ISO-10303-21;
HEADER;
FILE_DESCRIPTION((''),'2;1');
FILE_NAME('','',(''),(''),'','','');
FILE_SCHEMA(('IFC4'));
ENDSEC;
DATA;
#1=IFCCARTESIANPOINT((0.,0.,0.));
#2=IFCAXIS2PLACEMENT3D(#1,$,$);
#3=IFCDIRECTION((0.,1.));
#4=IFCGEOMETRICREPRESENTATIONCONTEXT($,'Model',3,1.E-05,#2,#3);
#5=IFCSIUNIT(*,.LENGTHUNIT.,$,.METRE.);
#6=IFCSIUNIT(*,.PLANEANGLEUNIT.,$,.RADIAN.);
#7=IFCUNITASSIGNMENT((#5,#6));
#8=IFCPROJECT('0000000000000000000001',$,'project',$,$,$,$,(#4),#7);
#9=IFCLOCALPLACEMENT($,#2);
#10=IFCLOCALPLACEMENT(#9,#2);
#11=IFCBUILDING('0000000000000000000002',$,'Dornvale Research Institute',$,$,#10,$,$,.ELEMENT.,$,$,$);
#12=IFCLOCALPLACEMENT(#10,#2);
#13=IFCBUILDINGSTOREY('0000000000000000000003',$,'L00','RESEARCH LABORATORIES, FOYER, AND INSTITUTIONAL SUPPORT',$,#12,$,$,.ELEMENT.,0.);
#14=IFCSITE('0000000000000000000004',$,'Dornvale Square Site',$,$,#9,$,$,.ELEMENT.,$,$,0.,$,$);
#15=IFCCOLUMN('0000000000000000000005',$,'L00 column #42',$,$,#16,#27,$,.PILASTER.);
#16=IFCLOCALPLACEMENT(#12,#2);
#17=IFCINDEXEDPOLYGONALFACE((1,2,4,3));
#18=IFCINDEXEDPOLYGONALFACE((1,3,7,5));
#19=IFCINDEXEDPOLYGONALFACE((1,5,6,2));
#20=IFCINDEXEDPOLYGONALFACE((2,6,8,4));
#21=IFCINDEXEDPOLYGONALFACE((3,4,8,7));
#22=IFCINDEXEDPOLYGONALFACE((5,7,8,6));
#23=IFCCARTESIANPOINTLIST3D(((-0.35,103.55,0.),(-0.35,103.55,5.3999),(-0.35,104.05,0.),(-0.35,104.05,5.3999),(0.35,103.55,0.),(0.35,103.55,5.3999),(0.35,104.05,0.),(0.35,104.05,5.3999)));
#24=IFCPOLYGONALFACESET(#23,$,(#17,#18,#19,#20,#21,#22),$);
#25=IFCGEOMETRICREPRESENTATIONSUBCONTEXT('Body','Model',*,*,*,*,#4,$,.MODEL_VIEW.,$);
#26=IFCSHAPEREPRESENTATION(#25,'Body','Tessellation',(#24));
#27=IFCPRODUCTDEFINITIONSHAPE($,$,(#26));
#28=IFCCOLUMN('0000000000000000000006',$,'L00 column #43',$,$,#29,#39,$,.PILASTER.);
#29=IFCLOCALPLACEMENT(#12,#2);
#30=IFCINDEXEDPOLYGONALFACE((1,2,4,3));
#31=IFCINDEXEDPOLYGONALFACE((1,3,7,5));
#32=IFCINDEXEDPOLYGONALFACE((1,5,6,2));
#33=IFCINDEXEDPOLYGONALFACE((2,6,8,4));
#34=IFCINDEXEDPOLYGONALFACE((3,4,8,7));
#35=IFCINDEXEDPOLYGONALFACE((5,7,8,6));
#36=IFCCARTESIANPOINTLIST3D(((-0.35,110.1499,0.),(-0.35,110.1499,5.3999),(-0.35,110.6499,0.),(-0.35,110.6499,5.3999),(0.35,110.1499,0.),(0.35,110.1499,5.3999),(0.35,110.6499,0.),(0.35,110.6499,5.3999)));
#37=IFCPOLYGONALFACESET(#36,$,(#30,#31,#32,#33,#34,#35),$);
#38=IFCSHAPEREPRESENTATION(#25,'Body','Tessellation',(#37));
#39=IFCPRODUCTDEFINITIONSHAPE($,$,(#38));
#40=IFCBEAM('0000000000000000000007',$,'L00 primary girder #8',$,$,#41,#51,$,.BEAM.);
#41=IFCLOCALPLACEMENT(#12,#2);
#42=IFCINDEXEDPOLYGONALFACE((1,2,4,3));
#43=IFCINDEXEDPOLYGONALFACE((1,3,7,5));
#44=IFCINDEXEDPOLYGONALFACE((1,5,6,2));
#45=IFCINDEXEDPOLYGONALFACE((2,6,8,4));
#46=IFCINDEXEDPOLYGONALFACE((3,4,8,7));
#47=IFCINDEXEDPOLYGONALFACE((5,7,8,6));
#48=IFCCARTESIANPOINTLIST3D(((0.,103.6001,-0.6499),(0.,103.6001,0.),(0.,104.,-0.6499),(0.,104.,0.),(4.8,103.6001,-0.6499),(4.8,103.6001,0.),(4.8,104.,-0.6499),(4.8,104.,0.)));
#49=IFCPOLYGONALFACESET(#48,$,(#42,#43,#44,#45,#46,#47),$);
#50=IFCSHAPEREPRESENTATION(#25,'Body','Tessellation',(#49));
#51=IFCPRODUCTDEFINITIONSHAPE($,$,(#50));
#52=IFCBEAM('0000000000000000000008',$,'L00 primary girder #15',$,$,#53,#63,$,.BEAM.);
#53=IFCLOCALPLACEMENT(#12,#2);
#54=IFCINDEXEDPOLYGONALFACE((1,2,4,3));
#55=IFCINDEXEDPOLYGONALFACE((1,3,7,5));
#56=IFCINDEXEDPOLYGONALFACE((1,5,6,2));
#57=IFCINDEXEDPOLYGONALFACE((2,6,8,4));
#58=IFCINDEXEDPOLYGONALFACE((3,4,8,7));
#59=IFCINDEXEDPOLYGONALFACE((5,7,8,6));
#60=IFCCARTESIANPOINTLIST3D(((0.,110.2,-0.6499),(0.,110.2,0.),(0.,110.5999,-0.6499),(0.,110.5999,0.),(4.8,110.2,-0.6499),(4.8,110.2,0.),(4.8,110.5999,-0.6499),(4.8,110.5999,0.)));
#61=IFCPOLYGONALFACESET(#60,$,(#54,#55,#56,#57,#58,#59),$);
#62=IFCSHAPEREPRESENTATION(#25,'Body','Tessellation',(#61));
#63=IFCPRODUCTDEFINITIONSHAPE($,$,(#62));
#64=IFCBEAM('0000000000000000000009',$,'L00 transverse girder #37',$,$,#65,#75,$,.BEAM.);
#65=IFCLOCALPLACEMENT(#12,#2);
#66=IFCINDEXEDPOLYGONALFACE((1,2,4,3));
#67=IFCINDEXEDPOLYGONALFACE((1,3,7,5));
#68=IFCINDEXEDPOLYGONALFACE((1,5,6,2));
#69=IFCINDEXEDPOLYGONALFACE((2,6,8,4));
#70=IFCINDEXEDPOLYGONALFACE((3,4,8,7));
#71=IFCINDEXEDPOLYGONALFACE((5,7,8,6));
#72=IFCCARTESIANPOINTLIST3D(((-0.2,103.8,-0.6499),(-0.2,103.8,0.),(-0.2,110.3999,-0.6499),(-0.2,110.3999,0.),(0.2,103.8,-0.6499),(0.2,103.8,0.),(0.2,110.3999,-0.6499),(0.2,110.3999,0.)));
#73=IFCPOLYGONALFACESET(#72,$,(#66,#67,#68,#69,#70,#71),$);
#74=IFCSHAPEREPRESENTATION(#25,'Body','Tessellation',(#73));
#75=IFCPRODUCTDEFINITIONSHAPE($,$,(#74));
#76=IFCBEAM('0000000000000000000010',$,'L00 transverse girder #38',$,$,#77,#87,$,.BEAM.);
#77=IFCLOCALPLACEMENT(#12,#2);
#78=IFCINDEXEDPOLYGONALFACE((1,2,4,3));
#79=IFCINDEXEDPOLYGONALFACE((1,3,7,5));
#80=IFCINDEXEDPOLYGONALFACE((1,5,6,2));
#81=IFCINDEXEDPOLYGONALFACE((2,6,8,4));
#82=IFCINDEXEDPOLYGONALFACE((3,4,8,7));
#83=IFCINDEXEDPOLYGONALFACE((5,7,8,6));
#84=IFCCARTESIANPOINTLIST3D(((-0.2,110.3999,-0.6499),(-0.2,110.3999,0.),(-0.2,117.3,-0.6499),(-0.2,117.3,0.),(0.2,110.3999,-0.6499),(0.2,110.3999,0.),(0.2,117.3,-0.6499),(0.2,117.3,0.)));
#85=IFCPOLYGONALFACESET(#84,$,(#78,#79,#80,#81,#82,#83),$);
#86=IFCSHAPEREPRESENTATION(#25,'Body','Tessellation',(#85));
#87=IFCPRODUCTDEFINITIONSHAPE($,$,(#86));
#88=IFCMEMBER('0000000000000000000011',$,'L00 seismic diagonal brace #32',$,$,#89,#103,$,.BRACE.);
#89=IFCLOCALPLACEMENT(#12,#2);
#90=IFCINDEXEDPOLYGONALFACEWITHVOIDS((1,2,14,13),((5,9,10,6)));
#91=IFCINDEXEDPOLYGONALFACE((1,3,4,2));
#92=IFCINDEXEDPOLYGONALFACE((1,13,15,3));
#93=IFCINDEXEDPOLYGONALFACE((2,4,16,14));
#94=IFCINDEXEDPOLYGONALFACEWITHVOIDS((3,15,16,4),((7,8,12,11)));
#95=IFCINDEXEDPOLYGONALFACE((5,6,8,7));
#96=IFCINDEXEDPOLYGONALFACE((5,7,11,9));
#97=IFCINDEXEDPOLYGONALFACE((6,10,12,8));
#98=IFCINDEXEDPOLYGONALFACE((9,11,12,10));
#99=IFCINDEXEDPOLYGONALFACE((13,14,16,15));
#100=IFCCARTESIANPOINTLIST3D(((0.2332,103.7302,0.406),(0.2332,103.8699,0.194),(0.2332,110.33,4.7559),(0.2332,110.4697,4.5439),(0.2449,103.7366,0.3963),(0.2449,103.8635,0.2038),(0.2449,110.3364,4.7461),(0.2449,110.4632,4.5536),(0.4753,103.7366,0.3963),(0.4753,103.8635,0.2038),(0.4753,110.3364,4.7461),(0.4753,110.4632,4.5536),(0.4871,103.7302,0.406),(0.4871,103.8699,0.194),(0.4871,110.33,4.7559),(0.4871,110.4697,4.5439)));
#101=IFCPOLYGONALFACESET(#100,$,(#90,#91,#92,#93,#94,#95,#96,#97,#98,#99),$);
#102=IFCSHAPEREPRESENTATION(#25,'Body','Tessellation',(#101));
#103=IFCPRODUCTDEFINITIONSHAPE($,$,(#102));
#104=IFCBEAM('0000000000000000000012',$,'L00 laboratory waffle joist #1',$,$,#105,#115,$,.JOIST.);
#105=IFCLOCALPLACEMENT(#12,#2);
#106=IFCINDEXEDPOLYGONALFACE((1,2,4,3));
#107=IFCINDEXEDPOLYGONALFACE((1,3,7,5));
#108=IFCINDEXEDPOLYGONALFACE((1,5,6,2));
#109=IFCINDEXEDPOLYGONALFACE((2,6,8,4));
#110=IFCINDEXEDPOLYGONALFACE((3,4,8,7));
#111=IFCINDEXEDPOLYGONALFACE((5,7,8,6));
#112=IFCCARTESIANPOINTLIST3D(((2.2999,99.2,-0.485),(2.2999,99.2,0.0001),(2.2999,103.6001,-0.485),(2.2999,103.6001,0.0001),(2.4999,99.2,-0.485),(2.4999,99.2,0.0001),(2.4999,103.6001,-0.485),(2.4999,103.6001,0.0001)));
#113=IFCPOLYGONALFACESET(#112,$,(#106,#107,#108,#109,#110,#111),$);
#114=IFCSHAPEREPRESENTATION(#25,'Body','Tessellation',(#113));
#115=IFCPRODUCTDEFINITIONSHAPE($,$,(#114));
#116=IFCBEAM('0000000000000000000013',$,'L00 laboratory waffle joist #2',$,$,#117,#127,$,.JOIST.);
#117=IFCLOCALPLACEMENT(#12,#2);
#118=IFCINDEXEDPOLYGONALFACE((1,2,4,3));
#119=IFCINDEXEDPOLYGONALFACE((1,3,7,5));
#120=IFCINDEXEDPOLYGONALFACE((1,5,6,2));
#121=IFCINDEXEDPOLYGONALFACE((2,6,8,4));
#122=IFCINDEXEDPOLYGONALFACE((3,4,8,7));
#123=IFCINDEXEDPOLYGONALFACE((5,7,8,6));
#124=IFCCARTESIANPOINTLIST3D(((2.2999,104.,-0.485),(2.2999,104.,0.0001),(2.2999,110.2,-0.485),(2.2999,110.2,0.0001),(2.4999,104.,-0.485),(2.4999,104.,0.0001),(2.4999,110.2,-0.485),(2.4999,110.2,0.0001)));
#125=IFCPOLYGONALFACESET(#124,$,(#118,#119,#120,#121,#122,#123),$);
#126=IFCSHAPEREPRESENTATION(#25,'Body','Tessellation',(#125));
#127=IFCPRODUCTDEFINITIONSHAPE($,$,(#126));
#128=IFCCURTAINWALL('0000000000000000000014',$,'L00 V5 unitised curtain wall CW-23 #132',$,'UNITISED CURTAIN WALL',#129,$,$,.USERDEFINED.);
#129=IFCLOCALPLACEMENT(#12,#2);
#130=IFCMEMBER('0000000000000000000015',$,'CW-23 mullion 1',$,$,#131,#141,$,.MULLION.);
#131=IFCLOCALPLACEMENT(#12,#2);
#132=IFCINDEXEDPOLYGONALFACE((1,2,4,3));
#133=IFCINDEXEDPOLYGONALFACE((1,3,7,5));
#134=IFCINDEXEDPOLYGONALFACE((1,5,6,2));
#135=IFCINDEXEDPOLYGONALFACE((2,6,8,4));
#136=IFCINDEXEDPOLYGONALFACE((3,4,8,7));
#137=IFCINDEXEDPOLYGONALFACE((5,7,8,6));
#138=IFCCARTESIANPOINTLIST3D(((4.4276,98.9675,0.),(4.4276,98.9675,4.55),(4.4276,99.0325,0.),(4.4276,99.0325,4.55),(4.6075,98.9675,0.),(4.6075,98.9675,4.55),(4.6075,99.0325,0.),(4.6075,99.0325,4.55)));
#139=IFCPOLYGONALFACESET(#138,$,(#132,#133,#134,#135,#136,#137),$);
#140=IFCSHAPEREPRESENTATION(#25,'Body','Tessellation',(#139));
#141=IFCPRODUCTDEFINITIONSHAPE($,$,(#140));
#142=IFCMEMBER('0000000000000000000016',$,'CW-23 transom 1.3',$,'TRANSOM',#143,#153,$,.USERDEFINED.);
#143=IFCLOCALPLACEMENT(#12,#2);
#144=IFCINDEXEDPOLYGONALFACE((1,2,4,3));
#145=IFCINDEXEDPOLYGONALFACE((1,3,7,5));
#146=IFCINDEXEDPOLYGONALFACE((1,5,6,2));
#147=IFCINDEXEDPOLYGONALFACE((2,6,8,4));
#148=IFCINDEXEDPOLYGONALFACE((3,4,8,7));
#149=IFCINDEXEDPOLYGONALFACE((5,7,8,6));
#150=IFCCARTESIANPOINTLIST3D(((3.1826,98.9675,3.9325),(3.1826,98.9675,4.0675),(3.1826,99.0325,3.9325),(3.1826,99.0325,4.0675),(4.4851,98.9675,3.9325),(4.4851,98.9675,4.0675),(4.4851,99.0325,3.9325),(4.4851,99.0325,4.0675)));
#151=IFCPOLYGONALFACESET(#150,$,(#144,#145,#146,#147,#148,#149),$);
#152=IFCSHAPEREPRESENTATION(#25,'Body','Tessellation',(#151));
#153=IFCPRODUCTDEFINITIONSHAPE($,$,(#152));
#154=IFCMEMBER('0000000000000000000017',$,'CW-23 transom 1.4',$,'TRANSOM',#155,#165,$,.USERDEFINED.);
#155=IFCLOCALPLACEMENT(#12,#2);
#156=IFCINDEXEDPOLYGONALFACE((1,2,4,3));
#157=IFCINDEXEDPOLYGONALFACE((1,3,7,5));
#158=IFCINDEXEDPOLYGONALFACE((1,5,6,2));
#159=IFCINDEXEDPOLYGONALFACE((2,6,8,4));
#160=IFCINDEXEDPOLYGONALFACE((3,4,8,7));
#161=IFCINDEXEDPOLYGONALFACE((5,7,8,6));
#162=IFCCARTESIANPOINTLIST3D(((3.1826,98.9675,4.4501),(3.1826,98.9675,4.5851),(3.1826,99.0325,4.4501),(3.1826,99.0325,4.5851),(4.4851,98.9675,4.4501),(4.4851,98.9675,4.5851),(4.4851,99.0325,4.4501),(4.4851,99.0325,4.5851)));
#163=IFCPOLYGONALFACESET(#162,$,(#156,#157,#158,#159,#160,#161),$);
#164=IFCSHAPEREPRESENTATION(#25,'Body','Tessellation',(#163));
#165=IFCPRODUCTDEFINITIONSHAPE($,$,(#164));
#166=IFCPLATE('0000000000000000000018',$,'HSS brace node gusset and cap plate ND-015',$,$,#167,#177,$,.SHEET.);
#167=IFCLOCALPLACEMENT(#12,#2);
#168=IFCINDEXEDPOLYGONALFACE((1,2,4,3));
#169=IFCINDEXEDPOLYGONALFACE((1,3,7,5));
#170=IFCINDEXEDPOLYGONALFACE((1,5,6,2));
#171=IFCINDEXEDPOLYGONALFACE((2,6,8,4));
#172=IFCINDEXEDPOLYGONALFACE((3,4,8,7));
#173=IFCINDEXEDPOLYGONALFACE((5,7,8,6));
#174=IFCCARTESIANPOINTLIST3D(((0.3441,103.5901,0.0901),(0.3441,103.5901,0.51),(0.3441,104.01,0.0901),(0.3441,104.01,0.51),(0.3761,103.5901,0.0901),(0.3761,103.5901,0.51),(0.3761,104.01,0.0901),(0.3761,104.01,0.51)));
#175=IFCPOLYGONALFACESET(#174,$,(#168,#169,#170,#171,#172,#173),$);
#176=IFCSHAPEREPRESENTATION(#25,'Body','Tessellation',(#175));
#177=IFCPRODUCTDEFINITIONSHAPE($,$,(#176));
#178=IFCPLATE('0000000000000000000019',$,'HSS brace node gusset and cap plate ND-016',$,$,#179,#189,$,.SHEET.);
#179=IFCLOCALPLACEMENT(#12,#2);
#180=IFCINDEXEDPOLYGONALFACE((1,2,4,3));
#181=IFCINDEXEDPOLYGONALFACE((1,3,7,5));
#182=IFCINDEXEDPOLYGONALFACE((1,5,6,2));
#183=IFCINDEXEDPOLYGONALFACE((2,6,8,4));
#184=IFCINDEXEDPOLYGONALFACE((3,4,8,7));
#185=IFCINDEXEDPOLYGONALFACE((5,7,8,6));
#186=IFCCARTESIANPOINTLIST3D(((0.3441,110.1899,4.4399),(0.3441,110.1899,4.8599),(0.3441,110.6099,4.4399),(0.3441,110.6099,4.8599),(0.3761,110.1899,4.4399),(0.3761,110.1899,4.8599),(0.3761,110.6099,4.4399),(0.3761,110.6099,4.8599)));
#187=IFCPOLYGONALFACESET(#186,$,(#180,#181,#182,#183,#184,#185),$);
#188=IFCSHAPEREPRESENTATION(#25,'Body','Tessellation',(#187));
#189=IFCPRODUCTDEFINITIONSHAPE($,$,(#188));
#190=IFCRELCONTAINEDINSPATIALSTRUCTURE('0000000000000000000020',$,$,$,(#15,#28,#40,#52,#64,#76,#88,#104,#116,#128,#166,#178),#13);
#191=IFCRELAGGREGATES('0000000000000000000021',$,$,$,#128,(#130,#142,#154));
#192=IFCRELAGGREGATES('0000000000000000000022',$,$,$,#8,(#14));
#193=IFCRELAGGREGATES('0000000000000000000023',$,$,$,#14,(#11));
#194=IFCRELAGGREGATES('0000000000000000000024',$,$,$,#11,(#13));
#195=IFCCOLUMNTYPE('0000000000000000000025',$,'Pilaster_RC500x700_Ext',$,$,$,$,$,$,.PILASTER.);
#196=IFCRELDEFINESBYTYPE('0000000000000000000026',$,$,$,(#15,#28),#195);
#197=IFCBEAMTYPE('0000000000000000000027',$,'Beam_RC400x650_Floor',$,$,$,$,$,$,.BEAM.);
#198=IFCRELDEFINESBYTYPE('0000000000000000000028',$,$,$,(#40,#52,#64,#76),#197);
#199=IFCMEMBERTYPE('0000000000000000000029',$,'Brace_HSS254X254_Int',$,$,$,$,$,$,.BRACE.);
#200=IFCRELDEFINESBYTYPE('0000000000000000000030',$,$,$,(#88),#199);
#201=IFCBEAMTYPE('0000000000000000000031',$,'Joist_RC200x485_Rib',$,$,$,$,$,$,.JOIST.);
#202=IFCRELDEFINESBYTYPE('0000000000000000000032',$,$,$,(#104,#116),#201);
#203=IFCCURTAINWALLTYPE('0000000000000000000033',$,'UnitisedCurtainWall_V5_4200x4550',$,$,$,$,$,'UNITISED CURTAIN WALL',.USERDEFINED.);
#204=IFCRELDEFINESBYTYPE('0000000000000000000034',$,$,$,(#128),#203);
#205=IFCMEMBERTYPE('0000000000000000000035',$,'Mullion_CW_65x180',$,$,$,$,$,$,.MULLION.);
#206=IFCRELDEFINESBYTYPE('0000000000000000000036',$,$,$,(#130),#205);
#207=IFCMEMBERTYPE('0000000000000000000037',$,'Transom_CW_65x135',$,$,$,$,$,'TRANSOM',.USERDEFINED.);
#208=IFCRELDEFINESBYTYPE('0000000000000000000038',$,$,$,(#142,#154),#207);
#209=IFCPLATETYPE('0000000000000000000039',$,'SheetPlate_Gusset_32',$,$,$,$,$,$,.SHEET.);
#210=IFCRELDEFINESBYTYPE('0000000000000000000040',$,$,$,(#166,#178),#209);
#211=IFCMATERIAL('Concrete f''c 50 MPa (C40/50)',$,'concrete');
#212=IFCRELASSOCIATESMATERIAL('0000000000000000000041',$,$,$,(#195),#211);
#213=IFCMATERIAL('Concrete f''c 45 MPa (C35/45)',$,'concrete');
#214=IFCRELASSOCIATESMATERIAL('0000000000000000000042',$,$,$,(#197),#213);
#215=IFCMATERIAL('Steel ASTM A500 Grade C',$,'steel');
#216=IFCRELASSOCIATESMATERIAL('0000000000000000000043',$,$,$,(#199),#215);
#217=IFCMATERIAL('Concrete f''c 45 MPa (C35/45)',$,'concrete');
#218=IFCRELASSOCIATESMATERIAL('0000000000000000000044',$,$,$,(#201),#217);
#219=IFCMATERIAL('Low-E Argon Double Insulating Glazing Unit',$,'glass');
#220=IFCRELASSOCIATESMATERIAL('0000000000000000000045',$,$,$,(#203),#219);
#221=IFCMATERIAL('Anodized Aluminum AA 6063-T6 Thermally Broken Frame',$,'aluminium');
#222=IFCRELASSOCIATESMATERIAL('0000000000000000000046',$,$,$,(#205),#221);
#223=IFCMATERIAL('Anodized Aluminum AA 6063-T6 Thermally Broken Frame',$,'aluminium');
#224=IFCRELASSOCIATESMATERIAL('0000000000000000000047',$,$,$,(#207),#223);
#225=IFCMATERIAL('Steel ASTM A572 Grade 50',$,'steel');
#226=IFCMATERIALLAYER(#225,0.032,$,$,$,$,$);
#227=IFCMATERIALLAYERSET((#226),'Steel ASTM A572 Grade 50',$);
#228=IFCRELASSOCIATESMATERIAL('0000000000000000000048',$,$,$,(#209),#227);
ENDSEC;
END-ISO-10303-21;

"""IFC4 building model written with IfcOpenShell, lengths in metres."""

from ifc_helpers import new_model, si_unit, direction, frame, origin, origin_2d, place, context, subcontext, project, spatial, rectangle, hollow_rectangle, extrude, material, layer, layer_set, material_profile, profile_set, type_object, element, aggregate, save


model = new_model("IFC4")

# Units and contexts
model_context = context("Model", 3, precision=1e-05, world=origin(), true_north=direction((0.0, 1.0)))
body_context = subcontext(model_context, "Body", "Model", "MODEL_VIEW")
ifc_project = project(units=[si_unit("LENGTHUNIT", "METRE"), si_unit("PLANEANGLEUNIT", "RADIAN")], contexts=[model_context])

# Site, building, storey
site_placement = place(None, origin())
site = spatial("IfcSite", under=ifc_project, at=site_placement, Name="Dornvale Square Site", CompositionType="ELEMENT", RefElevation=0.0)
building_placement = place(site_placement, origin())
building = spatial("IfcBuilding", under=site, at=building_placement, Name="Dornvale Research Institute", CompositionType="ELEMENT")
storey_placement = place(building_placement, origin())
storey = spatial("IfcBuildingStorey", under=building, at=storey_placement, Name="L00", Description="RESEARCH LABORATORIES, FOYER, AND INSTITUTIONAL SUPPORT", CompositionType="ELEMENT", Elevation=0.0)

# Columns
ifc_material_1 = material(Name="Concrete f'c 50 MPa (C40/50)", Category="concrete")
ifc_material_profile_1 = material_profile(ifc_material_1, rectangle(XDim=0.5, YDim=0.7, at=origin_2d()), Name="RC 500x700")
ifc_profile_set_1 = profile_set([ifc_material_profile_1], Name="Concrete f'c 50 MPa (C40/50)")
column_type = type_object("IfcColumnType", Name="Pilaster_RC500x700_Ext", PredefinedType="PILASTER", material=ifc_profile_set_1)
for number, where, z_axis, x_axis, name in (
    (1, (0.0, 103.8, 0.0), (0.0, 0.0, 1.0), (0.0, 1.0, 0.0), "L00 column #42"),
    (2, (0.0, 110.3999, 0.0), (0.0, 0.0, 1.0), (0.0, 1.0, 0.0), "L00 column #43"),
):
    element("IfcColumn", number, at=place(storey_placement, frame(where, z_axis=z_axis, x_axis=x_axis)), inside=storey, type_object=column_type, Name=name, PredefinedType="PILASTER", context=body_context, shape_type="SweptSolid", body=[
        extrude(rectangle(XDim=0.5, YDim=0.7, at=origin_2d()), origin(), (0.0, 0.0, 1.0), 5.3999),
    ])

# Beams
ifc_material_2 = material(Name="Concrete f'c 45 MPa (C35/45)", Category="concrete")
ifc_material_profile_2 = material_profile(ifc_material_2, rectangle(XDim=0.3999, YDim=0.6499, at=origin_2d()), Name="RC 400x650")
ifc_profile_set_2 = profile_set([ifc_material_profile_2], Name="Concrete f'c 45 MPa (C35/45)")
beam_type_1 = type_object("IfcBeamType", Name="Beam_RC400x650_Floor", PredefinedType="BEAM", material=ifc_profile_set_2)
for number, where, z_axis, x_axis, name in (
    (3, (0.0, 103.8, -0.325), (1.0, 0.0, 0.0), (0.0, 1.0, 0.0), "L00 primary girder #8"),
    (4, (0.0, 110.3999, -0.325), (1.0, 0.0, 0.0), (0.0, 1.0, 0.0), "L00 primary girder #15"),
):
    element("IfcBeam", number, at=place(storey_placement, frame(where, z_axis=z_axis, x_axis=x_axis)), inside=storey, type_object=beam_type_1, Name=name, PredefinedType="BEAM", context=body_context, shape_type="SweptSolid", body=[
        extrude(rectangle(XDim=0.3999, YDim=0.6499, at=origin_2d()), origin(), (0.0, 0.0, 1.0), 4.8),
    ])
beam_1_placement = place(storey_placement, frame((0.0, 103.8, -0.325), z_axis=(0.0, 1.0, 0.0), x_axis=(-1.0, 0.0, 0.0)))
element("IfcBeam", 5, at=beam_1_placement, inside=storey, type_object=beam_type_1, Name="L00 transverse girder #37", PredefinedType="BEAM", context=body_context, shape_type="SweptSolid", body=[
    extrude(rectangle(XDim=0.3999, YDim=0.6499, at=origin_2d()), origin(), (0.0, 0.0, 1.0), 6.5999),
])
beam_2_placement = place(storey_placement, frame((0.0, 110.3999, -0.325), z_axis=(0.0, 1.0, 0.0), x_axis=(-1.0, 0.0, 0.0)))
element("IfcBeam", 6, at=beam_2_placement, inside=storey, type_object=beam_type_1, Name="L00 transverse girder #38", PredefinedType="BEAM", context=body_context, shape_type="SweptSolid", body=[
    extrude(rectangle(XDim=0.3999, YDim=0.6499, at=origin_2d()), origin(), (0.0, 0.0, 1.0), 6.9001),
])

# Member
ifc_material_3 = material(Name="Steel ASTM A500 Grade C", Category="steel")
ifc_material_profile_3 = material_profile(ifc_material_3, hollow_rectangle(XDim=0.2539, YDim=0.2539, WallThickness=0.0117, at=origin_2d()), Name="HSS254X254X12.7")
ifc_profile_set_3 = profile_set([ifc_material_profile_3], Name="Steel ASTM A500 Grade C")
member_type_1 = type_object("IfcMemberType", Name="Brace_HSS254X254_Int", PredefinedType="BRACE", material=ifc_profile_set_3)
member_1_placement = place(storey_placement, frame((0.3601, 103.8, 0.3), z_axis=(0.0, 0.834961, 0.550309), x_axis=(-1.0, 0.0, 0.0)))
element("IfcMember", 7, at=member_1_placement, inside=storey, type_object=member_type_1, Name="L00 seismic diagonal brace #32", PredefinedType="BRACE", context=body_context, shape_type="SweptSolid", body=[
    extrude(hollow_rectangle(XDim=0.2539, YDim=0.2539, WallThickness=0.0117, at=origin_2d()), origin(), (0.0, 0.0, 1.0), 7.9043),
])

# Beams
ifc_material_4 = material(Name="Concrete f'c 45 MPa (C35/45)", Category="concrete")
ifc_material_profile_4 = material_profile(ifc_material_4, rectangle(XDim=0.2, YDim=0.4851, at=origin_2d()), Name="RC 200x485")
ifc_profile_set_4 = profile_set([ifc_material_profile_4], Name="Concrete f'c 45 MPa (C35/45)")
beam_type_2 = type_object("IfcBeamType", Name="Joist_RC200x485_Rib", PredefinedType="JOIST", material=ifc_profile_set_4)
beam_3_placement = place(storey_placement, frame((2.3999, 99.2, -0.2424), z_axis=(0.0, 1.0, 0.0), x_axis=(-1.0, 0.0, 0.0)))
element("IfcBeam", 8, at=beam_3_placement, inside=storey, type_object=beam_type_2, Name="L00 laboratory waffle joist #1", PredefinedType="JOIST", context=body_context, shape_type="SweptSolid", body=[
    extrude(rectangle(XDim=0.2, YDim=0.4851, at=origin_2d()), origin(), (0.0, 0.0, 1.0), 4.4001),
])
beam_4_placement = place(storey_placement, frame((2.3999, 104.0, -0.2424), z_axis=(0.0, 1.0, 0.0), x_axis=(-1.0, 0.0, 0.0)))
element("IfcBeam", 9, at=beam_4_placement, inside=storey, type_object=beam_type_2, Name="L00 laboratory waffle joist #2", PredefinedType="JOIST", context=body_context, shape_type="SweptSolid", body=[
    extrude(rectangle(XDim=0.2, YDim=0.4851, at=origin_2d()), origin(), (0.0, 0.0, 1.0), 6.2),
])

# Curtain wall, members
ifc_material_5 = material(Name="Low-E Argon Double Insulating Glazing Unit", Category="glass")
curtain_wall_type = type_object("IfcCurtainWallType", Name="UnitisedCurtainWall_V5_4200x4550", ElementType="UNITISED CURTAIN WALL", PredefinedType="USERDEFINED", material=ifc_material_5)
curtain_wall_placement = place(storey_placement, origin())
curtain_wall = element("IfcCurtainWall", 10, at=curtain_wall_placement, inside=storey, type_object=curtain_wall_type, Name="L00 V5 unitised curtain wall CW-23 #132", ObjectType="UNITISED CURTAIN WALL", PredefinedType="USERDEFINED")
ifc_material_6 = material(Name="Anodized Aluminum AA 6063-T6 Thermally Broken Frame", Category="aluminium")
ifc_material_profile_5 = material_profile(ifc_material_6, rectangle(XDim=0.0649, YDim=0.1799, at=origin_2d()), Name="ALU MULLION 65x180")
ifc_profile_set_5 = profile_set([ifc_material_profile_5], Name="Anodized Aluminum AA 6063-T6 Thermally Broken Frame")
member_type_2 = type_object("IfcMemberType", Name="Mullion_CW_65x180", PredefinedType="MULLION", material=ifc_profile_set_5)
member_2_placement = place(storey_placement, frame((4.5176, 99.0, 0.0), z_axis=(0.0, 0.0, 1.0), x_axis=(0.0, -1.0, 0.0)))
member_2 = element("IfcMember", 11, at=member_2_placement, type_object=member_type_2, Name="CW-23 mullion 1", PredefinedType="MULLION", context=body_context, shape_type="SweptSolid", body=[
    extrude(rectangle(XDim=0.0649, YDim=0.1799, at=origin_2d()), origin(), (0.0, 0.0, 1.0), 4.55),
])
ifc_material_7 = material(Name="Anodized Aluminum AA 6063-T6 Thermally Broken Frame", Category="aluminium")
ifc_material_profile_6 = material_profile(ifc_material_7, rectangle(XDim=0.0649, YDim=0.135, at=origin_2d()), Name="ALU TRANSOM 65x135")
ifc_profile_set_6 = profile_set([ifc_material_profile_6], Name="Anodized Aluminum AA 6063-T6 Thermally Broken Frame")
member_type_3 = type_object("IfcMemberType", Name="Transom_CW_65x135", ElementType="TRANSOM", PredefinedType="USERDEFINED", material=ifc_profile_set_6)
member_3_placement = place(storey_placement, frame((4.4851, 99.0, 4.0), z_axis=(-1.0, 0.0, 0.0), x_axis=(0.0, -1.0, 0.0)))
member_3 = element("IfcMember", 12, at=member_3_placement, type_object=member_type_3, Name="CW-23 transom 1.3", ObjectType="TRANSOM", PredefinedType="USERDEFINED", context=body_context, shape_type="SweptSolid", body=[
    extrude(rectangle(XDim=0.0649, YDim=0.135, at=origin_2d()), origin(), (0.0, 0.0, 1.0), 1.3025),
])
member_4_placement = place(storey_placement, frame((4.4851, 99.0, 4.5176), z_axis=(-1.0, 0.0, 0.0), x_axis=(0.0, -1.0, 0.0)))
member_4 = element("IfcMember", 13, at=member_4_placement, type_object=member_type_3, Name="CW-23 transom 1.4", ObjectType="TRANSOM", PredefinedType="USERDEFINED", context=body_context, shape_type="SweptSolid", body=[
    extrude(rectangle(XDim=0.0649, YDim=0.135, at=origin_2d()), origin(), (0.0, 0.0, 1.0), 1.3025),
])
aggregate(curtain_wall, [member_2, member_3, member_4])

# Plates
ifc_material_8 = material(Name="Steel ASTM A572 Grade 50", Category="steel")
ifc_layer_1 = layer(ifc_material_8, 0.032)
ifc_layer_set_1 = layer_set([ifc_layer_1], Name="Steel ASTM A572 Grade 50")
plate_type = type_object("IfcPlateType", Name="SheetPlate_Gusset_32", PredefinedType="SHEET", material=ifc_layer_set_1)
for number, where, z_axis, x_axis, name in (
    (14, (0.3601, 103.8, 0.0901), (0.0, 0.0, 1.0), (0.0, 1.0, 0.0), "HSS brace node gusset and cap plate ND-015"),
    (15, (0.3601, 110.3999, 4.4399), (0.0, 0.0, 1.0), (0.0, 1.0, 0.0), "HSS brace node gusset and cap plate ND-016"),
):
    element("IfcPlate", number, at=place(storey_placement, frame(where, z_axis=z_axis, x_axis=x_axis)), inside=storey, type_object=plate_type, Name=name, PredefinedType="SHEET", context=body_context, shape_type="SweptSolid", body=[
        extrude(rectangle(XDim=0.4199, YDim=0.032, at=origin_2d()), origin(), (0.0, 0.0, 1.0), 0.4199),
    ])

save(model, "model.ifc")
